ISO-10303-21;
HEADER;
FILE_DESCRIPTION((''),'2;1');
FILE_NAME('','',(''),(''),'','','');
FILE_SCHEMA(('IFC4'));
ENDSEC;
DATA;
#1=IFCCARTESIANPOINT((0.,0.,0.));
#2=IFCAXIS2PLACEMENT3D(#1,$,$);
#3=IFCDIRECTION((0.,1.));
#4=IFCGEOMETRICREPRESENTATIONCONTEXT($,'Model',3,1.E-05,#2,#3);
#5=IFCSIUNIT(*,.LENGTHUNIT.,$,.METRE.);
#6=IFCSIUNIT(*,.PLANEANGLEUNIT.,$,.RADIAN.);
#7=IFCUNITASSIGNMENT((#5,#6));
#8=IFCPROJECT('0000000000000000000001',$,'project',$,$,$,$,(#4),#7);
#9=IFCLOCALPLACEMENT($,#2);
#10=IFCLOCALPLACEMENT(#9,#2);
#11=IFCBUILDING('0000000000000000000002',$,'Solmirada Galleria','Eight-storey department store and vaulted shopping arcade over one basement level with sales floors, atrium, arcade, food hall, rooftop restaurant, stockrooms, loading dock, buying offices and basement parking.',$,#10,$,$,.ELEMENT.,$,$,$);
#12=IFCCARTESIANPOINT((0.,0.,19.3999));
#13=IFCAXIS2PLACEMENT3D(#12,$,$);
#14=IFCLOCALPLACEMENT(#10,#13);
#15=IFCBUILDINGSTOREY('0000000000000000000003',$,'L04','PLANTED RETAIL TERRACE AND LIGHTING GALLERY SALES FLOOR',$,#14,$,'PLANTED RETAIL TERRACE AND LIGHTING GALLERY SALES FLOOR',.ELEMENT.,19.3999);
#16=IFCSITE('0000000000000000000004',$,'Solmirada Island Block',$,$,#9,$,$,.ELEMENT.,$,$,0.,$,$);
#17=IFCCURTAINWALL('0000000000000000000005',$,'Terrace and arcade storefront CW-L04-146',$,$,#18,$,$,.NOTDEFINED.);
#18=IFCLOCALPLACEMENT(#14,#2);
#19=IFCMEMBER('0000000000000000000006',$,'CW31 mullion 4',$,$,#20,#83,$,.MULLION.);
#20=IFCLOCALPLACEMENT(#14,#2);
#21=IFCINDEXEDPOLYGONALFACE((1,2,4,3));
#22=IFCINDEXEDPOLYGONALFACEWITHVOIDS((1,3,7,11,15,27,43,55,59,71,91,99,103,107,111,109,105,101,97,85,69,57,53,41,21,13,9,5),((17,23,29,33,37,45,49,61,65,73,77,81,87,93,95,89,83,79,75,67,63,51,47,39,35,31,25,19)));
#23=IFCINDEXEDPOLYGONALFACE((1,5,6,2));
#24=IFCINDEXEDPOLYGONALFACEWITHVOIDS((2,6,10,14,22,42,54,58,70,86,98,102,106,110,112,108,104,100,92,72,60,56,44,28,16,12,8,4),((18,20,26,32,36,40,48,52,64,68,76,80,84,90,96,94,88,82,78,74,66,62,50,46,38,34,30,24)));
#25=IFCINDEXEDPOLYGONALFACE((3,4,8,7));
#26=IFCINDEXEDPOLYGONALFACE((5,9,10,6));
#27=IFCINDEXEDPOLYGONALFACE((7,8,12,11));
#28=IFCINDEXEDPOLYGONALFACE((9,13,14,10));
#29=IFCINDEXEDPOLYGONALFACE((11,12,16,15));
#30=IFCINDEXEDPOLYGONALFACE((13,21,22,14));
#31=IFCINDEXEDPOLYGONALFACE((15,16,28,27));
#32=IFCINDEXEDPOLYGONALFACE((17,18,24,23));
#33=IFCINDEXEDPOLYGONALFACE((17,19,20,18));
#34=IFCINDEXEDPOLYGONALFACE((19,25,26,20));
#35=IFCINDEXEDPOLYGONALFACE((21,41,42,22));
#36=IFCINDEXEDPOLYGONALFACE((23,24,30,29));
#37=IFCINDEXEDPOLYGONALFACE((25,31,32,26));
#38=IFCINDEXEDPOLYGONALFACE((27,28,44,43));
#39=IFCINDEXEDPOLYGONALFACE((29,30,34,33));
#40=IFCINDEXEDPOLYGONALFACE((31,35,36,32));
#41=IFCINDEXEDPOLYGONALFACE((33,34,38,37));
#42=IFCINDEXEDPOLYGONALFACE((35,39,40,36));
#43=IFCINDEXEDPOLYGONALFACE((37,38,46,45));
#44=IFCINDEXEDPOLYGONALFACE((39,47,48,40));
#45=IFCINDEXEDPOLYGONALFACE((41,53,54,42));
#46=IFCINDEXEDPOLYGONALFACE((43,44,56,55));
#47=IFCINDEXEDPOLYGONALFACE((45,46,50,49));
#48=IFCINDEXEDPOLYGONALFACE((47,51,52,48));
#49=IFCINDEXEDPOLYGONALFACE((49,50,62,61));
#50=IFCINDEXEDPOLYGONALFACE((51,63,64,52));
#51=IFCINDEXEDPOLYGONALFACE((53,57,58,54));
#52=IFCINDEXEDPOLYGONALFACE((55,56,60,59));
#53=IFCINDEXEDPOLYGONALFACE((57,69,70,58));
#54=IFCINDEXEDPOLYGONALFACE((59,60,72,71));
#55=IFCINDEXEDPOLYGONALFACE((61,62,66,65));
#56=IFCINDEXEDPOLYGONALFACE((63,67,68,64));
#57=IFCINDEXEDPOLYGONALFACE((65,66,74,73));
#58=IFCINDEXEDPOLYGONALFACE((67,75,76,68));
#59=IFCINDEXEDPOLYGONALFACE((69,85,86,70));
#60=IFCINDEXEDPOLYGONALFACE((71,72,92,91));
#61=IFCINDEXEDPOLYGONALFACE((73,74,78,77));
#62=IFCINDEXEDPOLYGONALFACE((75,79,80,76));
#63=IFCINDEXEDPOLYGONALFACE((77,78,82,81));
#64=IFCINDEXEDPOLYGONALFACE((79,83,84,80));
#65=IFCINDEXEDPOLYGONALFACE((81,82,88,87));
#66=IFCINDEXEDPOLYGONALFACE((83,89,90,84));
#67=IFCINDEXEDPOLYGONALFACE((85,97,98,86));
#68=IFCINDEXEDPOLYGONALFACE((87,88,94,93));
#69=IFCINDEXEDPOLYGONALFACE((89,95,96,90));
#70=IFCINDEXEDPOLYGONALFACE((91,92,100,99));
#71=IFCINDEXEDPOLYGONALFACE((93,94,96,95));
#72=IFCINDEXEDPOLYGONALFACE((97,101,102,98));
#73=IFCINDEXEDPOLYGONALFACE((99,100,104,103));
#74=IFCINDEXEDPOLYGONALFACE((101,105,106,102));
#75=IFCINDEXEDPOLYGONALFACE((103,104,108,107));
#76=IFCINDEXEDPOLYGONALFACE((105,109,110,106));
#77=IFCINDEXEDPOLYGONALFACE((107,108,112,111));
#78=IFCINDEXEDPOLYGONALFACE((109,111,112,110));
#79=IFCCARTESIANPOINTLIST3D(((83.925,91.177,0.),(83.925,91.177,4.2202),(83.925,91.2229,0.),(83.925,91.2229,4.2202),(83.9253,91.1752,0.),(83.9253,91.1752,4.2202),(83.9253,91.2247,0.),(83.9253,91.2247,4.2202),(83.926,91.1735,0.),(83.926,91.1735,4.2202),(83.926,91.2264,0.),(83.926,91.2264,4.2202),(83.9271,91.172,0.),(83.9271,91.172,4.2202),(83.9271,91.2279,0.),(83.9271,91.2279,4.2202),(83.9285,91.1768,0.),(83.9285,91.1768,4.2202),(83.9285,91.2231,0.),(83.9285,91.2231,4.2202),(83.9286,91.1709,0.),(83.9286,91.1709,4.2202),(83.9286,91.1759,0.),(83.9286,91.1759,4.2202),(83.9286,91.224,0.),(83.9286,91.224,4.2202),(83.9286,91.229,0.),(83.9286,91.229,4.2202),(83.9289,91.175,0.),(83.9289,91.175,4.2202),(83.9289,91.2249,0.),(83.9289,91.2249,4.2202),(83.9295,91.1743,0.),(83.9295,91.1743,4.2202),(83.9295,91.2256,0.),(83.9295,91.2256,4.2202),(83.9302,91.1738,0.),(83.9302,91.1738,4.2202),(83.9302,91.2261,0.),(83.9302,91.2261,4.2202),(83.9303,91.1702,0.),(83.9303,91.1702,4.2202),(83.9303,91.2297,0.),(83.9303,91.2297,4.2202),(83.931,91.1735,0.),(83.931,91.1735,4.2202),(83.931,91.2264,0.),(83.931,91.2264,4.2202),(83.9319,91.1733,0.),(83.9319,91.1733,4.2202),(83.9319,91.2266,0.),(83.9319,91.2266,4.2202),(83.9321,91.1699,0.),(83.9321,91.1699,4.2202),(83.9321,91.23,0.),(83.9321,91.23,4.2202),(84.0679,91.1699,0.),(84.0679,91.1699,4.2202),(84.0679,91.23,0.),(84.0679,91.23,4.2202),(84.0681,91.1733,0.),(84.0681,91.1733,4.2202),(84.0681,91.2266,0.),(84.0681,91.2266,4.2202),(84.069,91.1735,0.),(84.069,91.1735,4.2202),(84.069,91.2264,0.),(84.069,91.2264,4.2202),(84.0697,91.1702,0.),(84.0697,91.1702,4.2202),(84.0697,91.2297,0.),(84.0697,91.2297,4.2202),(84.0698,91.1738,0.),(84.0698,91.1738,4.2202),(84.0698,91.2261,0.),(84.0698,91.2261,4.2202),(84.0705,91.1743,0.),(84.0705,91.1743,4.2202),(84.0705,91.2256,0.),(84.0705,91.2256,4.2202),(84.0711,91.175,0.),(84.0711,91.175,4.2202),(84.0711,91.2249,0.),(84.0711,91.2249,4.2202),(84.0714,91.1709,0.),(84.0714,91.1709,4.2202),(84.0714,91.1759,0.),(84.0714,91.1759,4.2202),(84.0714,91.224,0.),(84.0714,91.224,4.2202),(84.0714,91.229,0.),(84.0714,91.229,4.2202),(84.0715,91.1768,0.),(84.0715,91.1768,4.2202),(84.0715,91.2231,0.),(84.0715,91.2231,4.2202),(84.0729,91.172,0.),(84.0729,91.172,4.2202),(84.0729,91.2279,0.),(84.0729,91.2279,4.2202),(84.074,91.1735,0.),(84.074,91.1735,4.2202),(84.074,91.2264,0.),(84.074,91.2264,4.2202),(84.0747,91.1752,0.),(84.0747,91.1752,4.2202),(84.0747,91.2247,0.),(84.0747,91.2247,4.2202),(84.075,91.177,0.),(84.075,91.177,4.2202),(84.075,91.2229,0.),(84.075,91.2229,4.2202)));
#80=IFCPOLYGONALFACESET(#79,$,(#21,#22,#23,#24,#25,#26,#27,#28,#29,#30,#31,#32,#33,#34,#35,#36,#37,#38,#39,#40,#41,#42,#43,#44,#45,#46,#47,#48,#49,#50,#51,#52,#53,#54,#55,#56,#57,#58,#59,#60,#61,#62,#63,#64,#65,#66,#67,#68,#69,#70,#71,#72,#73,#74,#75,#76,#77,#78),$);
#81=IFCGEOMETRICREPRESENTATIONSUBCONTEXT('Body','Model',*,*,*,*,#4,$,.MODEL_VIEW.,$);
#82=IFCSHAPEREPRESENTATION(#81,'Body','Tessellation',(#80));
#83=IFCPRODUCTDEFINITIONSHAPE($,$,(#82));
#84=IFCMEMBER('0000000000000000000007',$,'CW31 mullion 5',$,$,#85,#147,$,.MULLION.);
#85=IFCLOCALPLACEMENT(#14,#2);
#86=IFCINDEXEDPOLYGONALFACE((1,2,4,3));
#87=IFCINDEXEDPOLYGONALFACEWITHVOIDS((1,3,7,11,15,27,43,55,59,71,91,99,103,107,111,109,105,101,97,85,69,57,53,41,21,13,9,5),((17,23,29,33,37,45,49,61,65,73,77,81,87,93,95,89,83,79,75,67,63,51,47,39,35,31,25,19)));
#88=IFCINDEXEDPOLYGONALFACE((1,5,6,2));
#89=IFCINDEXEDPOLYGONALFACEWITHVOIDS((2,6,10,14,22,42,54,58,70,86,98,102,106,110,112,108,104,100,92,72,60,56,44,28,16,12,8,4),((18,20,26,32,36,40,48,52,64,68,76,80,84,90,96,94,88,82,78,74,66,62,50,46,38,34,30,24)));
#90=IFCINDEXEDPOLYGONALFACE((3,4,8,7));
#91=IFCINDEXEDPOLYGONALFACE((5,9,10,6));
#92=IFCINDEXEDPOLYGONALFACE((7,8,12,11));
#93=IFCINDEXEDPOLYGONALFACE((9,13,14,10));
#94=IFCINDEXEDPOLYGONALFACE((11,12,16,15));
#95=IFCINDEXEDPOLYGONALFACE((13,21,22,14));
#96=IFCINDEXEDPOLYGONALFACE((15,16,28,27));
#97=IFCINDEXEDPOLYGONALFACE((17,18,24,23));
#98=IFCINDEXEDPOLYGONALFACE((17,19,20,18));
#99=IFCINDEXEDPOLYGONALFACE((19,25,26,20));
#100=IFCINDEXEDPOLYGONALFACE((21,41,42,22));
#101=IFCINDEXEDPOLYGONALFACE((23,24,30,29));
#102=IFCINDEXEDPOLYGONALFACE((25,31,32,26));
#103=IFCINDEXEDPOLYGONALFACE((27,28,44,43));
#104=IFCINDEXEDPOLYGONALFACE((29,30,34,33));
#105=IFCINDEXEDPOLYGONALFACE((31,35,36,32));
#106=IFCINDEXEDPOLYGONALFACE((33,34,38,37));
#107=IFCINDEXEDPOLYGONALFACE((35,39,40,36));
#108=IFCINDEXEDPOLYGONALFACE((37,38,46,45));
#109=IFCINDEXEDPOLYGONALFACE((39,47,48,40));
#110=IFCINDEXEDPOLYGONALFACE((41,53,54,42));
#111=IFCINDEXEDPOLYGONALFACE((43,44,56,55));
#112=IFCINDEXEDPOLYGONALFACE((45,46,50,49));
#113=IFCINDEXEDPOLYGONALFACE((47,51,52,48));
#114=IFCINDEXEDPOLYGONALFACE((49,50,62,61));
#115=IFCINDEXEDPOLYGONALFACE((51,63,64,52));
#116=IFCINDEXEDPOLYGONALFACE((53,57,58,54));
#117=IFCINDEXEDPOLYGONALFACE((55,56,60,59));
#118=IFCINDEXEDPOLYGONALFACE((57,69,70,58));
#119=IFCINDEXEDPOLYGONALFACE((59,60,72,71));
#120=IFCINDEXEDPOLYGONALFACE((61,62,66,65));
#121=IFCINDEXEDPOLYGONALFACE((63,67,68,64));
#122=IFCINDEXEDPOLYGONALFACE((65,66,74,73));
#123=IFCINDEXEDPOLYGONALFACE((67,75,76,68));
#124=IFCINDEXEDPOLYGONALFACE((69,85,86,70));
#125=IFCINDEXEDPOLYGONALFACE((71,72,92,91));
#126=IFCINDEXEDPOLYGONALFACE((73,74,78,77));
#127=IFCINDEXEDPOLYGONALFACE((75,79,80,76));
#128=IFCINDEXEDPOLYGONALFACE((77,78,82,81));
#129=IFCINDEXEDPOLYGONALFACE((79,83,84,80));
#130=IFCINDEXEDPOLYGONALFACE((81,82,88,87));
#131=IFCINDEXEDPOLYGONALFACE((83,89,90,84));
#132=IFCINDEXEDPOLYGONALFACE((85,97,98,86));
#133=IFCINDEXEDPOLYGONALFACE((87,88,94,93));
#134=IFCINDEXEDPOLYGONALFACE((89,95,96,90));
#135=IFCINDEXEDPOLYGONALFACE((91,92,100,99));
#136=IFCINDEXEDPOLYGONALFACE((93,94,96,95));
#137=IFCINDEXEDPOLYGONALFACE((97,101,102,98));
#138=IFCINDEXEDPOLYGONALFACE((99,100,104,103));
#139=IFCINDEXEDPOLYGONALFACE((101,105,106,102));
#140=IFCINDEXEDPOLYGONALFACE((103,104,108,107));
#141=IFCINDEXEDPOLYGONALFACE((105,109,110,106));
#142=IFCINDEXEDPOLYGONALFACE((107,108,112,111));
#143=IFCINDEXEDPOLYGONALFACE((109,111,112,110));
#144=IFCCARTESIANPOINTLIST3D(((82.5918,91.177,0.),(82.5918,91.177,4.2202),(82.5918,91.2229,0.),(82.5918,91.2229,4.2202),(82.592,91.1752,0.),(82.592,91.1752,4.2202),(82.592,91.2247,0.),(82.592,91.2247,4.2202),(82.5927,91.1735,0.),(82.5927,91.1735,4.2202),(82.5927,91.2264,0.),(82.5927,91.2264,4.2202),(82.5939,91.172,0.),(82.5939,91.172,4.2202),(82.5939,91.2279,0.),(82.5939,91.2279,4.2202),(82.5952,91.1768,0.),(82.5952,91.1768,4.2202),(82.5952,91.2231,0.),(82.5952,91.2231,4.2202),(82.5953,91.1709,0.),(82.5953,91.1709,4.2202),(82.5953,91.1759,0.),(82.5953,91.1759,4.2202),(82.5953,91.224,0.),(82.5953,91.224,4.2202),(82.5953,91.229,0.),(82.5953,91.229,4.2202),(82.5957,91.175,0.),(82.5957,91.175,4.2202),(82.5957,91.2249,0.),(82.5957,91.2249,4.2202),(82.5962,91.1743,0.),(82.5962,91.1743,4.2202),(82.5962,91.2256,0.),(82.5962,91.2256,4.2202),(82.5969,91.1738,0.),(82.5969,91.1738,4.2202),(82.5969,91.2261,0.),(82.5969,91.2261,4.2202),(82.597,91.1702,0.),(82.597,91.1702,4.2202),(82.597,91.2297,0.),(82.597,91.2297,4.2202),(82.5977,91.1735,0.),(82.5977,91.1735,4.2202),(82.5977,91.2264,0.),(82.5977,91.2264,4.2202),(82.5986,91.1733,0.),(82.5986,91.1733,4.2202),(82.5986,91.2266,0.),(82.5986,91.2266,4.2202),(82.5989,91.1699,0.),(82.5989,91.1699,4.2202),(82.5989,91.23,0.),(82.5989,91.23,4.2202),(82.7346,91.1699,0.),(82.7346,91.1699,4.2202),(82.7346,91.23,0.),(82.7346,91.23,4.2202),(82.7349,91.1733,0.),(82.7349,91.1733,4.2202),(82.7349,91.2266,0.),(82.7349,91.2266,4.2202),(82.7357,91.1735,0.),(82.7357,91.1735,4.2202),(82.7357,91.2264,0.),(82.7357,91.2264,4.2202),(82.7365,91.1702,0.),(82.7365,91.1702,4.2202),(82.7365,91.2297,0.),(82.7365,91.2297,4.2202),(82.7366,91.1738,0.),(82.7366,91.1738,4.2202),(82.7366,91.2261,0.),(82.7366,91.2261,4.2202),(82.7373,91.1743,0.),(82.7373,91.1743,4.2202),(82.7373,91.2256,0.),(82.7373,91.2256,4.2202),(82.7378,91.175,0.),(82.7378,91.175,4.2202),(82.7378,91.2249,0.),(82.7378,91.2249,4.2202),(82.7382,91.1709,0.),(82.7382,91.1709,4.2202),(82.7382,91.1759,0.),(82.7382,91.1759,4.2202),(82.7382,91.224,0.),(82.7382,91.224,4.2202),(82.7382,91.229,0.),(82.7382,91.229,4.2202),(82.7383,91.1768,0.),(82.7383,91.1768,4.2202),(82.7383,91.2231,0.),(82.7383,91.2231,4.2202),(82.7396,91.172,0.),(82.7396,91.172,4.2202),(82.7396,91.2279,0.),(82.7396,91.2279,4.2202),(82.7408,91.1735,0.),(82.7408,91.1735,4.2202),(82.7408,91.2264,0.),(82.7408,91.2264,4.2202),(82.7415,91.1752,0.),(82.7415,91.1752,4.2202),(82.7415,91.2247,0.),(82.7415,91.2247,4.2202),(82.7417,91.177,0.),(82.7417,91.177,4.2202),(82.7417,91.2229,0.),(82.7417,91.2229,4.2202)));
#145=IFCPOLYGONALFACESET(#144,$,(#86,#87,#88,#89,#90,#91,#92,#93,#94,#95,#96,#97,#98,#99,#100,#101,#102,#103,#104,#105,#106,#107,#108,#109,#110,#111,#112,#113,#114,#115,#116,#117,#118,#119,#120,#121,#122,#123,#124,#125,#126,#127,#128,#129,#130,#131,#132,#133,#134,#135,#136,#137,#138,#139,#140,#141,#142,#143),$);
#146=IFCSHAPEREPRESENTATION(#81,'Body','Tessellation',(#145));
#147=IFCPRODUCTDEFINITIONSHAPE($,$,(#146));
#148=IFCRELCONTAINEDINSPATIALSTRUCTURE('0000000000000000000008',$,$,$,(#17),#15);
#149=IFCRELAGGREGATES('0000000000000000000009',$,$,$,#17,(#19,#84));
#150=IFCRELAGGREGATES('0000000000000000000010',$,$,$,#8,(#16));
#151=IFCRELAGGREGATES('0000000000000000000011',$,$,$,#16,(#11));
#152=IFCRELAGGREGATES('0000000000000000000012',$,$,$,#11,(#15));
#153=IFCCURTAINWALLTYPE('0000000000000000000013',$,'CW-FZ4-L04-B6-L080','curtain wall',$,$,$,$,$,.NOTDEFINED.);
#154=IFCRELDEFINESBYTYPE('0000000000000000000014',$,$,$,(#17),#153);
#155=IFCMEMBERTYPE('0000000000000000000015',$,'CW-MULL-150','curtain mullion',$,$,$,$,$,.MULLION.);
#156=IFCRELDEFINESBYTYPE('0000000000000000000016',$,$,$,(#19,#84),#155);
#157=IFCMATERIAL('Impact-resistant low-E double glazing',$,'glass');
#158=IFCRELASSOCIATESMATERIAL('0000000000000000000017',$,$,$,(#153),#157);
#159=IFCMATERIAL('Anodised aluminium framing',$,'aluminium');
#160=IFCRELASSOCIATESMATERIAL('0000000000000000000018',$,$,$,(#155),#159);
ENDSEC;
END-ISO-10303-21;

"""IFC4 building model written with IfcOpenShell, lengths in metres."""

from ifc_helpers import new_model, si_unit, direction, frame, origin, origin_2d, place, context, subcontext, project, spatial, hollow_rectangle, extrude, material, material_profile, profile_set, type_object, element, aggregate, save


model = new_model("IFC4")

# Units and contexts
model_context = context("Model", 3, precision=1e-05, world=origin(), true_north=direction((0.0, 1.0)))
body_context = subcontext(model_context, "Body", "Model", "MODEL_VIEW")
ifc_project = project(units=[si_unit("LENGTHUNIT", "METRE"), si_unit("PLANEANGLEUNIT", "RADIAN")], contexts=[model_context])

# Site, building, storey
site_placement = place(None, origin())
site = spatial("IfcSite", under=ifc_project, at=site_placement, Name="Solmirada Island Block", CompositionType="ELEMENT", RefElevation=0.0)
building_placement = place(site_placement, origin())
building = spatial("IfcBuilding", under=site, at=building_placement, Name="Solmirada Galleria", Description="Eight-storey department store and vaulted shopping arcade over one basement level with sales floors, atrium, arcade, food hall, rooftop restaurant, stockrooms, loading dock, buying offices and basement parking.", CompositionType="ELEMENT")
storey_placement = place(building_placement, frame((0.0, 0.0, 19.3999)))
storey = spatial("IfcBuildingStorey", under=building, at=storey_placement, Name="L04", Description="PLANTED RETAIL TERRACE AND LIGHTING GALLERY SALES FLOOR", LongName="PLANTED RETAIL TERRACE AND LIGHTING GALLERY SALES FLOOR", CompositionType="ELEMENT", Elevation=19.3999)

# Curtain wall, members
ifc_material_1 = material(Name="Impact-resistant low-E double glazing", Category="glass")
curtain_wall_type = type_object("IfcCurtainWallType", Name="CW-FZ4-L04-B6-L080", Description="curtain wall", PredefinedType="NOTDEFINED", material=ifc_material_1)
curtain_wall_placement = place(storey_placement, origin())
curtain_wall = element("IfcCurtainWall", 1, at=curtain_wall_placement, inside=storey, type_object=curtain_wall_type, Name="Terrace and arcade storefront CW-L04-146", PredefinedType="NOTDEFINED")
ifc_material_2 = material(Name="Anodised aluminium framing", Category="aluminium")
ifc_material_profile_1 = material_profile(ifc_material_2, hollow_rectangle(XDim=0.0601, YDim=0.1499, WallThickness=0.0034, InnerFilletRadius=0.0034, OuterFilletRadius=0.0071, at=origin_2d()), Name="ALU-MULL-150X60")
ifc_profile_set_1 = profile_set([ifc_material_profile_1], Name="Anodised aluminium framing")
member_type_1 = type_object("IfcMemberType", Name="CW-MULL-150", Description="curtain mullion", PredefinedType="MULLION", material=ifc_profile_set_1)
member_1_placement = place(storey_placement, frame((84.0, 91.2, 0.0), z_axis=(0.0, 0.0, 1.0), x_axis=(0.0, -1.0, 0.0)))
member_1 = element("IfcMember", 2, at=member_1_placement, type_object=member_type_1, Name="CW31 mullion 4", PredefinedType="MULLION", context=body_context, shape_type="SweptSolid", body=[
    extrude(hollow_rectangle(XDim=0.0601, YDim=0.1499, WallThickness=0.0034, InnerFilletRadius=0.0034, OuterFilletRadius=0.0071, at=origin_2d()), origin(), (0.0, 0.0, 1.0), 4.2202),
])
member_2_placement = place(storey_placement, frame((82.6667, 91.2, 0.0), z_axis=(0.0, 0.0, 1.0), x_axis=(0.0, -1.0, 0.0)))
member_2 = element("IfcMember", 3, at=member_2_placement, type_object=member_type_1, Name="CW31 mullion 5", PredefinedType="MULLION", context=body_context, shape_type="SweptSolid", body=[
    extrude(hollow_rectangle(XDim=0.0601, YDim=0.1499, WallThickness=0.0034, InnerFilletRadius=0.0034, OuterFilletRadius=0.0071, at=origin_2d()), origin(), (0.0, 0.0, 1.0), 4.2202),
])
aggregate(curtain_wall, [member_1, member_2])

save(model, "model.ifc")
